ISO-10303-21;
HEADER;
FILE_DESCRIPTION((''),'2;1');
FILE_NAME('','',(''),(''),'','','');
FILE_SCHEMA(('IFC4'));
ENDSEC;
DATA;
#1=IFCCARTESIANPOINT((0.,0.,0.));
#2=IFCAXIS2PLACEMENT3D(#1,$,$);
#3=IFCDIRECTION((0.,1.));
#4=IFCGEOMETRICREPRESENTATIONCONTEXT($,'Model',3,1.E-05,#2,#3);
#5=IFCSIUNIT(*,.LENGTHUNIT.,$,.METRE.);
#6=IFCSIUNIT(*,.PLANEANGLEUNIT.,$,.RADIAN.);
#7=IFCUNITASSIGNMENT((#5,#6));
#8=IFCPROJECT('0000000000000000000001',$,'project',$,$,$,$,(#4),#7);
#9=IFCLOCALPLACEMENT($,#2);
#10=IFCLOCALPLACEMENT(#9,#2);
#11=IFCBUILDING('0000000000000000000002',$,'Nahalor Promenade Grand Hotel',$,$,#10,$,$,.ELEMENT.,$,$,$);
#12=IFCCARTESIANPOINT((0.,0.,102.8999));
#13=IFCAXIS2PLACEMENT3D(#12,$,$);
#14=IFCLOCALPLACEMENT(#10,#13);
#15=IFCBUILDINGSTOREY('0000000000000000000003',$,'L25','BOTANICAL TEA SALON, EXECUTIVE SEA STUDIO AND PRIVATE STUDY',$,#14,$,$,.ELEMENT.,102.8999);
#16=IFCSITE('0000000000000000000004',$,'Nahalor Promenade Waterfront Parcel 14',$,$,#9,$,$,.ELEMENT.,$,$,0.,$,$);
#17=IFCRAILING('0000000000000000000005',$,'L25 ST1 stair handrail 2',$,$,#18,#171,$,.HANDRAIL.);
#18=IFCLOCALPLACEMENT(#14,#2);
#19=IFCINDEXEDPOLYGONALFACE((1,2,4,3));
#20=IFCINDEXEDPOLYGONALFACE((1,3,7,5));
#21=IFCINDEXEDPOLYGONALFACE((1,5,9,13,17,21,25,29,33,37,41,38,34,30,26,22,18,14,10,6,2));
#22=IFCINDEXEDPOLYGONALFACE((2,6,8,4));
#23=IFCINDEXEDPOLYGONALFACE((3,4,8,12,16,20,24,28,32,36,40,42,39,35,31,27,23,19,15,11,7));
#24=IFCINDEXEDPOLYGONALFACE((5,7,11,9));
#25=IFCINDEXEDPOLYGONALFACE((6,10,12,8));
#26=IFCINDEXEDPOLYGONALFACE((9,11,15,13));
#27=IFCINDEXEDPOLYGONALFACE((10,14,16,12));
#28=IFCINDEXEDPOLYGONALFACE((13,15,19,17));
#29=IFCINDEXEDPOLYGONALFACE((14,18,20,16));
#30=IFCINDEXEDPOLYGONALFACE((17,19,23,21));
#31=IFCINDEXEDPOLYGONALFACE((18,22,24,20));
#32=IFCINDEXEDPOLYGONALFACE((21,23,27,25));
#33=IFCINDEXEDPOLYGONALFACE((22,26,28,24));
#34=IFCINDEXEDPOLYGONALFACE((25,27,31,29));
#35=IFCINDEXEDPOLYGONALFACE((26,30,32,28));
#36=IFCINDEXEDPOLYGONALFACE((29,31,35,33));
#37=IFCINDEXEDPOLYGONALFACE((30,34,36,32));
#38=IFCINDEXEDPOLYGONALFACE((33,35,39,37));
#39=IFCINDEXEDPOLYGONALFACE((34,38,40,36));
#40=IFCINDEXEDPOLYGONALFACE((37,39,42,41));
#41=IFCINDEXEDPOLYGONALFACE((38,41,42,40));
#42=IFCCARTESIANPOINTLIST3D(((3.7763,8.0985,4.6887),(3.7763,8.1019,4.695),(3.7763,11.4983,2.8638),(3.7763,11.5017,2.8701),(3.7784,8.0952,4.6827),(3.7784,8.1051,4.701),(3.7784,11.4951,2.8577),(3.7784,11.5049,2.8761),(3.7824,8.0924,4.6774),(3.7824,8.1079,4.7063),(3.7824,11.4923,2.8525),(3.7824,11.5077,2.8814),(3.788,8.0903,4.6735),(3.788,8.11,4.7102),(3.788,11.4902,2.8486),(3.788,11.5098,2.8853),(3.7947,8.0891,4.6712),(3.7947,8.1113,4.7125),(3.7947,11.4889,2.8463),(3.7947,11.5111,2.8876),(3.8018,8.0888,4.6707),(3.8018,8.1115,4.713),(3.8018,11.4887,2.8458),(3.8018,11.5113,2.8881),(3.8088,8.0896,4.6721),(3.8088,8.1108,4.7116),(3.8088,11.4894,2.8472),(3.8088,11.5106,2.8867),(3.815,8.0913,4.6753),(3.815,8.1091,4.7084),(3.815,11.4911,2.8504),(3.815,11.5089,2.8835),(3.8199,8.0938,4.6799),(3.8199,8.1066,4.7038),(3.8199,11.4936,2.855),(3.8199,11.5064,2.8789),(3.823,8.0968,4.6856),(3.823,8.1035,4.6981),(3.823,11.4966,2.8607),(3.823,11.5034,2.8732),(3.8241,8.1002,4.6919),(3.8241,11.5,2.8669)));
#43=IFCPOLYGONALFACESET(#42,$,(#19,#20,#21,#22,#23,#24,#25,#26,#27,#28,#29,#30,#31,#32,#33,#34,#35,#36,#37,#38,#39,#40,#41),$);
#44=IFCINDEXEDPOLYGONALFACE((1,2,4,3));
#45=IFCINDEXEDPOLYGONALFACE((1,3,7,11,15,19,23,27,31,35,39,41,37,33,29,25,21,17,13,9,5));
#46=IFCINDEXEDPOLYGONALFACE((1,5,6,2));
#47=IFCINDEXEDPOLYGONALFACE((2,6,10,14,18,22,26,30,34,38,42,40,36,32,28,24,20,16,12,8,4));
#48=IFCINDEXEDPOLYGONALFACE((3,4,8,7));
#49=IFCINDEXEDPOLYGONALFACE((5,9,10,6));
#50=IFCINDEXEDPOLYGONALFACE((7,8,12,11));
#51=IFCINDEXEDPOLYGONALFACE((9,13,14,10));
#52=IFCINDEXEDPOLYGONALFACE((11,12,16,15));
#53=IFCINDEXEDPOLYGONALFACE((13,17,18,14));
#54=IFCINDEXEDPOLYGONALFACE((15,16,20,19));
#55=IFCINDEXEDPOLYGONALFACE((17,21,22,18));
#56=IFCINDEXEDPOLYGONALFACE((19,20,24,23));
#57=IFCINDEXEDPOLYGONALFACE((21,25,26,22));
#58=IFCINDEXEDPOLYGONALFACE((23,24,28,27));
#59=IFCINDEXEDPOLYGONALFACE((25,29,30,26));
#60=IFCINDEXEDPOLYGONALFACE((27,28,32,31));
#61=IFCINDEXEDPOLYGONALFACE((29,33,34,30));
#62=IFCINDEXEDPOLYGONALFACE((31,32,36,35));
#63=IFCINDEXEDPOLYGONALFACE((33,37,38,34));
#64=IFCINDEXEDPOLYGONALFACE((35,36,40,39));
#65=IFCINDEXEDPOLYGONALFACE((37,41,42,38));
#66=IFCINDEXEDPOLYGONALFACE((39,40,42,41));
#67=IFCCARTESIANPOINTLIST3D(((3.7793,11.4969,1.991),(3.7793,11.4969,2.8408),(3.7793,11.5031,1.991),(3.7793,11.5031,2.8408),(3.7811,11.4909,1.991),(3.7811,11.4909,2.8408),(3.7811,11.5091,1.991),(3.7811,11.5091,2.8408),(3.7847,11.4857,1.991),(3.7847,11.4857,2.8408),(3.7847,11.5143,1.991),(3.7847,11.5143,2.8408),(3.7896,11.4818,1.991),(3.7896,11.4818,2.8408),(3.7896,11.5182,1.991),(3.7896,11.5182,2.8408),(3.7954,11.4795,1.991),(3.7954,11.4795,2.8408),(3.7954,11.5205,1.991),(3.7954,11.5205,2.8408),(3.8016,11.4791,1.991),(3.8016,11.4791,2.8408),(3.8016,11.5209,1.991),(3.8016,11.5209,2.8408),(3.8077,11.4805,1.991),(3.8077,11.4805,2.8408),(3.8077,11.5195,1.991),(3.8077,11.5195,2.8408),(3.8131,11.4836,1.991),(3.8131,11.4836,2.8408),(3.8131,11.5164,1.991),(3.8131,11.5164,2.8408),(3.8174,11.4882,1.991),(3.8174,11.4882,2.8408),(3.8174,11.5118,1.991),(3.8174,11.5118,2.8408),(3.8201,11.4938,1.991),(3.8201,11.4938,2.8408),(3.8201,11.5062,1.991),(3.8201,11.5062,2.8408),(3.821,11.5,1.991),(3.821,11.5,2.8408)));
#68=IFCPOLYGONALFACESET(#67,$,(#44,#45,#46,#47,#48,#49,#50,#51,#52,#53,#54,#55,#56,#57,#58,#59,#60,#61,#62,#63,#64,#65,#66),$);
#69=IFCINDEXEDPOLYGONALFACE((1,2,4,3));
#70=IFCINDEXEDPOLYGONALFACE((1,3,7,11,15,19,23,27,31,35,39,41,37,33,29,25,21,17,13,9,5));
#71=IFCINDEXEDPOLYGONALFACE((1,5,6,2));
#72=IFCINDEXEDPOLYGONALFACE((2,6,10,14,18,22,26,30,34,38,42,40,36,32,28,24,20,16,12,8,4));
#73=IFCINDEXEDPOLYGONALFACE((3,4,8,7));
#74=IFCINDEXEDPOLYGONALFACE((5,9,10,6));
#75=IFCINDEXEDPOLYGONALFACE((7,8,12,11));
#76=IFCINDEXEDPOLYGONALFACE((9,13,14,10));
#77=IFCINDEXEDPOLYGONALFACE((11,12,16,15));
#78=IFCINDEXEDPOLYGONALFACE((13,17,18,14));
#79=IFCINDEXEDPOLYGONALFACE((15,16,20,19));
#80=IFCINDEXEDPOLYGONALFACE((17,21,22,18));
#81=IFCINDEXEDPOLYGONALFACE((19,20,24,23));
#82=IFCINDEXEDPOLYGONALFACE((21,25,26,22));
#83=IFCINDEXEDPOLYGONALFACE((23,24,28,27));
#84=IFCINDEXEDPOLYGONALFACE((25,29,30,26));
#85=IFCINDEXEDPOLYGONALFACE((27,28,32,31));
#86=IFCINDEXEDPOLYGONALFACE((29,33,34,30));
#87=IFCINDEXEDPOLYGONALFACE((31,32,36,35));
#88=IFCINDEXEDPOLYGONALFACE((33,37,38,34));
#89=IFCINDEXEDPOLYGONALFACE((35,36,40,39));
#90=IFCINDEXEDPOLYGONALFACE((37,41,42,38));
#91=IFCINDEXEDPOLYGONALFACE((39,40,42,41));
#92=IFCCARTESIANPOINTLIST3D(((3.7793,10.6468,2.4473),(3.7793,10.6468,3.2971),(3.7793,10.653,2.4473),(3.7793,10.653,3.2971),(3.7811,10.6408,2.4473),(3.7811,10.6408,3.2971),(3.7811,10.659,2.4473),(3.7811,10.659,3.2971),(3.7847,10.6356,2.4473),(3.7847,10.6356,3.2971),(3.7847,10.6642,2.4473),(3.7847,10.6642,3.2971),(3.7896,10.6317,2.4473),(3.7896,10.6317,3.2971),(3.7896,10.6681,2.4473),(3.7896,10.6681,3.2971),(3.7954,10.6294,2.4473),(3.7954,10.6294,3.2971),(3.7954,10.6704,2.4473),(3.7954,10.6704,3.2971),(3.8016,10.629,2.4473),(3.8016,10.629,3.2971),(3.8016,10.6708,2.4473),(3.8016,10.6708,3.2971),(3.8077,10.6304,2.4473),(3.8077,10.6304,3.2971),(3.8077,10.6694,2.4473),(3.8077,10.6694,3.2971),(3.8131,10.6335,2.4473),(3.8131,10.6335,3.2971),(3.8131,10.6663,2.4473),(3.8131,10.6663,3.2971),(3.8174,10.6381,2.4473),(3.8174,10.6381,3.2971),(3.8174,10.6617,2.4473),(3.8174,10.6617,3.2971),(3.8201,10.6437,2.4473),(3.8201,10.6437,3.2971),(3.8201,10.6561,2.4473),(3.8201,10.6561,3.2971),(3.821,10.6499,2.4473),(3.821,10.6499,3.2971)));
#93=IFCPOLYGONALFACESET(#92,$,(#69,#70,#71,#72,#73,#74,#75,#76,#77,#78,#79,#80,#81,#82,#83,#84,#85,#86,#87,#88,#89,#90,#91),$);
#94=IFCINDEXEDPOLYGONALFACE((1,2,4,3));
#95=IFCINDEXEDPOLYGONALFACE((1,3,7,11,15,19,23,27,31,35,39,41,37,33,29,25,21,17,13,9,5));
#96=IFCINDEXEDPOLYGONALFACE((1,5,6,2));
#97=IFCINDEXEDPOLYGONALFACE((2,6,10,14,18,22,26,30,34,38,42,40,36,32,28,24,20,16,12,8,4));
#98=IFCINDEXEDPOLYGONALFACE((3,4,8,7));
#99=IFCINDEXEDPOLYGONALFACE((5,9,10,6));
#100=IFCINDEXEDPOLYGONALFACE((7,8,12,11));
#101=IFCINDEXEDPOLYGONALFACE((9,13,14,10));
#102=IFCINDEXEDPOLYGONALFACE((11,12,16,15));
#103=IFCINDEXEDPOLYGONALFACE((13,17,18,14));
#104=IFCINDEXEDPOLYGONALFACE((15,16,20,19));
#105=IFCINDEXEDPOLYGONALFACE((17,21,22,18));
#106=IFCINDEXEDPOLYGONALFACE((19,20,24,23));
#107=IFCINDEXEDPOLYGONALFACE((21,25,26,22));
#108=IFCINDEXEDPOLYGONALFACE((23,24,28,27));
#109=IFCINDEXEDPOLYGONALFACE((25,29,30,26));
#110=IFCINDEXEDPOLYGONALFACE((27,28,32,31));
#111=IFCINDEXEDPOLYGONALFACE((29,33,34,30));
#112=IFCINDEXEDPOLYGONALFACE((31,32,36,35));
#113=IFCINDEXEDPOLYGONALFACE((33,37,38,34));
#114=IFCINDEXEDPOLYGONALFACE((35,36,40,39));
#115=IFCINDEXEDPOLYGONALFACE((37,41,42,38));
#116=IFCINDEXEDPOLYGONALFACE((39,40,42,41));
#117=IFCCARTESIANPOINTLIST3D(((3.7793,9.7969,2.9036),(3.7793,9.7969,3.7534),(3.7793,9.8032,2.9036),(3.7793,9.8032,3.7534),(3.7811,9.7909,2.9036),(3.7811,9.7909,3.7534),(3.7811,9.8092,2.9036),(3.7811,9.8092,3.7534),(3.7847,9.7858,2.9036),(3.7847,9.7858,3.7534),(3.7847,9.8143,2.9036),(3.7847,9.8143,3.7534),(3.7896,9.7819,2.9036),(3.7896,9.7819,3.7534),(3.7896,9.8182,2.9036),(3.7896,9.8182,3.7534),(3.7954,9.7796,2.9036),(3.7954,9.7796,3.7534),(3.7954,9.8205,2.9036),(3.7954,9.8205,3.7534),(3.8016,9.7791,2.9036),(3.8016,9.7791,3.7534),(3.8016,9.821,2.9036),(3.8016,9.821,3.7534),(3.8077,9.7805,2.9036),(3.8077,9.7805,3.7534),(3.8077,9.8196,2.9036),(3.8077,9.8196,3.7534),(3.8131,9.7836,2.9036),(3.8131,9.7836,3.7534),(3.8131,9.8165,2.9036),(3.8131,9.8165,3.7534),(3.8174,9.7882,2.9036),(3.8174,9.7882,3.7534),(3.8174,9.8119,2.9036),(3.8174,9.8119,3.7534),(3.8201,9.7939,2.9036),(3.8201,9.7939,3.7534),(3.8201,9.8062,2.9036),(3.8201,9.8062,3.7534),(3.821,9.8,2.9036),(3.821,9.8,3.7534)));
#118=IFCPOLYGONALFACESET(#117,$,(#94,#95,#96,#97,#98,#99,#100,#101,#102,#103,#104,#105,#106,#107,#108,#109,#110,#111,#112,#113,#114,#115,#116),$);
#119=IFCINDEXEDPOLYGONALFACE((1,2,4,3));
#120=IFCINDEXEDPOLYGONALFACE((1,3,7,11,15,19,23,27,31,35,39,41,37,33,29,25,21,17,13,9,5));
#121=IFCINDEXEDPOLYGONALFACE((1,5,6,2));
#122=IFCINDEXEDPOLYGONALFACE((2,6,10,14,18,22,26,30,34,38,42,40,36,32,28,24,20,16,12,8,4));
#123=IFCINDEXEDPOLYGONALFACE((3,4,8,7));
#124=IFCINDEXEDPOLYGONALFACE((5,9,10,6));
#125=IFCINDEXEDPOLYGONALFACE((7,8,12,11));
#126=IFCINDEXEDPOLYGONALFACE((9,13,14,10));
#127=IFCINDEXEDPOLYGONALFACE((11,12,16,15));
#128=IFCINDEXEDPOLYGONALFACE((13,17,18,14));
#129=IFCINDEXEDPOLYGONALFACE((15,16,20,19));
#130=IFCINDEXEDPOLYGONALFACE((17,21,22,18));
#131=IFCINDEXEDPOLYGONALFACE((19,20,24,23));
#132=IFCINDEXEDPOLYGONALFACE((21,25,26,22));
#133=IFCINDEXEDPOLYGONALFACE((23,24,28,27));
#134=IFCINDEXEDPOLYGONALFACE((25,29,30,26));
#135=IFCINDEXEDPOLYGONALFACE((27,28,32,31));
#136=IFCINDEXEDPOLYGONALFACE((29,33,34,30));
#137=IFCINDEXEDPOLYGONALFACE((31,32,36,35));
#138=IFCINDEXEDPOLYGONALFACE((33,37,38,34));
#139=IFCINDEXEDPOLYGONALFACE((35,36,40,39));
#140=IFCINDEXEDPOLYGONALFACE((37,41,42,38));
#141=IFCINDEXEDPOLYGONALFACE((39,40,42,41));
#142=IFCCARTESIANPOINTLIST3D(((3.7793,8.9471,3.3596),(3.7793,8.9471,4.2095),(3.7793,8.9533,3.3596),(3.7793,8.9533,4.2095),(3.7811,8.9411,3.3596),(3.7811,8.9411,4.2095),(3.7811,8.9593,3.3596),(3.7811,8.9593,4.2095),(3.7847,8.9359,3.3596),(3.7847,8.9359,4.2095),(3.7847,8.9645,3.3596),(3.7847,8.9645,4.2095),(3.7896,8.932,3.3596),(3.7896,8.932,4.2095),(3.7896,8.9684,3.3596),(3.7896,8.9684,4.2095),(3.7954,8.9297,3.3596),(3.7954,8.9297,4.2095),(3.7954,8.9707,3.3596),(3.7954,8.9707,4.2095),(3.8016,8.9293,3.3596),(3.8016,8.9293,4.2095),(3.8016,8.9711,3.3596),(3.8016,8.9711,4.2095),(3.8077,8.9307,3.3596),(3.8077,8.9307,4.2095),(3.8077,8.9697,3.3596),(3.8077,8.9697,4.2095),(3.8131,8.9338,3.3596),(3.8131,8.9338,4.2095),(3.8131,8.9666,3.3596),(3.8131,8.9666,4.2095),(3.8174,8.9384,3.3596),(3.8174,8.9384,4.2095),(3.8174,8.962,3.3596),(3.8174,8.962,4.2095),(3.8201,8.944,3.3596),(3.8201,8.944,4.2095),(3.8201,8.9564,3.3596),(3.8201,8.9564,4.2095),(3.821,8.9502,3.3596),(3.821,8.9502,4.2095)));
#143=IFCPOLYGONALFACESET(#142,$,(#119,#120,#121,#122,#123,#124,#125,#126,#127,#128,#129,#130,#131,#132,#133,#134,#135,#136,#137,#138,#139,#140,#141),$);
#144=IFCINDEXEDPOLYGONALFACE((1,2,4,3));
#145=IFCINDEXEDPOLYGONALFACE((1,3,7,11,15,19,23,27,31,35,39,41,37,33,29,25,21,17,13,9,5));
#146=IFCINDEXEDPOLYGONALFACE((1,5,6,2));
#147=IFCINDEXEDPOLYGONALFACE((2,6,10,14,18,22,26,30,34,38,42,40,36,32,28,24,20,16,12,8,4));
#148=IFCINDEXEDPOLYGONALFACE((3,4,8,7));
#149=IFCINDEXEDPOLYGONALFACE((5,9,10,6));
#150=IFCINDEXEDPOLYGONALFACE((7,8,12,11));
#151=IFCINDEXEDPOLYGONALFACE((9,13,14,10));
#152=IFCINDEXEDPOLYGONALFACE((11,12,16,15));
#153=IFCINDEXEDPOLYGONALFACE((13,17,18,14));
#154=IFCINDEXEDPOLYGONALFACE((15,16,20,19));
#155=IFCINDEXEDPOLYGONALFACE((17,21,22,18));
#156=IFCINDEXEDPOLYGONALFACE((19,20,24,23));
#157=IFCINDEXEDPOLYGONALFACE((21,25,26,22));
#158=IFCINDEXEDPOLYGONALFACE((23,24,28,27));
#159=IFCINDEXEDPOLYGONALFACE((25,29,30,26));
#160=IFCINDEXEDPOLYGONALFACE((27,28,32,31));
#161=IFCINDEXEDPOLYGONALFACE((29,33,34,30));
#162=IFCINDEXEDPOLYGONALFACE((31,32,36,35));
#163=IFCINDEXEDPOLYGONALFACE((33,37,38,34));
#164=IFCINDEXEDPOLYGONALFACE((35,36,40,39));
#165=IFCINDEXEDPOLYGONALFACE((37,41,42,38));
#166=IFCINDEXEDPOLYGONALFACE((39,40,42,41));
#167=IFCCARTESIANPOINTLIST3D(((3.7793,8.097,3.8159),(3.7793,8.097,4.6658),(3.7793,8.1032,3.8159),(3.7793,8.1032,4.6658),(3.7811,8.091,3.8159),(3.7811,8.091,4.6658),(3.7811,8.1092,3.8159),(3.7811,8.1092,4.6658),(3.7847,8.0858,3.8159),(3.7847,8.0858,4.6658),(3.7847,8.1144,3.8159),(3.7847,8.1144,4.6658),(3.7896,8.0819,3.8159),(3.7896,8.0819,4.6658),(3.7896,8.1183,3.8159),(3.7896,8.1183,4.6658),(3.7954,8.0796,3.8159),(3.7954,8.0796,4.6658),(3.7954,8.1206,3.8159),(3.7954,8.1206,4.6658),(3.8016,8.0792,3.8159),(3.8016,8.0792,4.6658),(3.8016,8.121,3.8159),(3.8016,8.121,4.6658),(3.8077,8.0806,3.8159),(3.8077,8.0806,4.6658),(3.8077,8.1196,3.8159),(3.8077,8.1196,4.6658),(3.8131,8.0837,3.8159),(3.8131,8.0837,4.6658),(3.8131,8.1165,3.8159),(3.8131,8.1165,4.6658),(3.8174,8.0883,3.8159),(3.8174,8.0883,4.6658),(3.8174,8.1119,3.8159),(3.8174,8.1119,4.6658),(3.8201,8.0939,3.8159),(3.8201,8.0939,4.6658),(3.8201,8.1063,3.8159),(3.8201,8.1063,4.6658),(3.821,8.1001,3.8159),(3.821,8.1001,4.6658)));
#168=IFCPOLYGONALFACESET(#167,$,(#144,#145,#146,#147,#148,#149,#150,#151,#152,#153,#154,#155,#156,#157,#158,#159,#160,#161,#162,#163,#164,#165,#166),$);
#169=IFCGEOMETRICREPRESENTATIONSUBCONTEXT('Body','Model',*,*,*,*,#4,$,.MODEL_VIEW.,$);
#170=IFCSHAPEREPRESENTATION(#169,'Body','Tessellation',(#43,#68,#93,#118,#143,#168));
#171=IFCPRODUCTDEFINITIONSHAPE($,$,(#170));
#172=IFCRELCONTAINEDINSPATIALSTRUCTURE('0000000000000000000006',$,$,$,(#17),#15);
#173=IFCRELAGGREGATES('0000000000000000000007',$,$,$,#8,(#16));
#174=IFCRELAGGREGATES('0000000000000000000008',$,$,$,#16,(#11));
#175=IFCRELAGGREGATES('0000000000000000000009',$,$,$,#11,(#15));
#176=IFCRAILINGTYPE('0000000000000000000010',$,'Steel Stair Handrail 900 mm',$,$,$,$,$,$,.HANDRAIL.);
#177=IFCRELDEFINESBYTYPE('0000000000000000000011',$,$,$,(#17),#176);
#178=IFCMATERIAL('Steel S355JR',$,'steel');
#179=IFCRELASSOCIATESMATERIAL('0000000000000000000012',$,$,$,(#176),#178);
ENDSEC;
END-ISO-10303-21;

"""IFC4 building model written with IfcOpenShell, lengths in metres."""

from ifc_helpers import new_model, si_unit, direction, frame, origin, origin_2d, place, context, subcontext, project, spatial, circle, extrude, material, type_object, element, save


model = new_model("IFC4")

# Units and contexts
model_context = context("Model", 3, precision=1e-05, world=origin(), true_north=direction((0.0, 1.0)))
body_context = subcontext(model_context, "Body", "Model", "MODEL_VIEW")
ifc_project = project(units=[si_unit("LENGTHUNIT", "METRE"), si_unit("PLANEANGLEUNIT", "RADIAN")], contexts=[model_context])

# Site, building, storey
site_placement = place(None, origin())
site = spatial("IfcSite", under=ifc_project, at=site_placement, Name="Nahalor Promenade Waterfront Parcel 14", CompositionType="ELEMENT", RefElevation=0.0)
building_placement = place(site_placement, origin())
building = spatial("IfcBuilding", under=site, at=building_placement, Name="Nahalor Promenade Grand Hotel", CompositionType="ELEMENT")
storey_placement = place(building_placement, frame((0.0, 0.0, 102.8999)))
storey = spatial("IfcBuildingStorey", under=building, at=storey_placement, Name="L25", Description="BOTANICAL TEA SALON, EXECUTIVE SEA STUDIO AND PRIVATE STUDY", CompositionType="ELEMENT", Elevation=102.8999)

# Shared definitions
ifc_material_1 = material(Name="Steel S355JR", Category="steel")

# Railing
railing_type_1 = type_object("IfcRailingType", Name="Steel Stair Handrail 900 mm", PredefinedType="HANDRAIL", material=ifc_material_1)
railing_1_placement = place(storey_placement, frame((3.8, 11.5, 1.991)))
element("IfcRailing", 1, at=railing_1_placement, inside=storey, type_object=railing_type_1, Name="L25 ST1 stair handrail 2", PredefinedType="HANDRAIL", context=body_context, shape_type="SweptSolid", body=[
    extrude(circle(Radius=0.024, at=origin_2d()), frame((0.0, 0.0, 0.876), z_axis=(0.0, -0.881094, 0.472941), x_axis=(1.0, 0.0, 0.0)), (0.0, 0.0, 1.0), 3.8586),
    extrude(circle(Radius=0.021, at=origin_2d()), origin(), (0.0, 0.0, 1.0), 0.8499),
    extrude(circle(Radius=0.021, at=origin_2d()), frame((0.0, -0.8501, 0.4563)), (0.0, 0.0, 1.0), 0.8499),
    extrude(circle(Radius=0.021, at=origin_2d()), frame((0.0, -1.7, 0.9126)), (0.0, 0.0, 1.0), 0.8499),
    extrude(circle(Radius=0.021, at=origin_2d()), frame((0.0, -2.5498, 1.3687)), (0.0, 0.0, 1.0), 0.8499),
    extrude(circle(Radius=0.021, at=origin_2d()), frame((0.0, -3.3999, 1.825)), (0.0, 0.0, 1.0), 0.8499),
])

save(model, "model.ifc")
